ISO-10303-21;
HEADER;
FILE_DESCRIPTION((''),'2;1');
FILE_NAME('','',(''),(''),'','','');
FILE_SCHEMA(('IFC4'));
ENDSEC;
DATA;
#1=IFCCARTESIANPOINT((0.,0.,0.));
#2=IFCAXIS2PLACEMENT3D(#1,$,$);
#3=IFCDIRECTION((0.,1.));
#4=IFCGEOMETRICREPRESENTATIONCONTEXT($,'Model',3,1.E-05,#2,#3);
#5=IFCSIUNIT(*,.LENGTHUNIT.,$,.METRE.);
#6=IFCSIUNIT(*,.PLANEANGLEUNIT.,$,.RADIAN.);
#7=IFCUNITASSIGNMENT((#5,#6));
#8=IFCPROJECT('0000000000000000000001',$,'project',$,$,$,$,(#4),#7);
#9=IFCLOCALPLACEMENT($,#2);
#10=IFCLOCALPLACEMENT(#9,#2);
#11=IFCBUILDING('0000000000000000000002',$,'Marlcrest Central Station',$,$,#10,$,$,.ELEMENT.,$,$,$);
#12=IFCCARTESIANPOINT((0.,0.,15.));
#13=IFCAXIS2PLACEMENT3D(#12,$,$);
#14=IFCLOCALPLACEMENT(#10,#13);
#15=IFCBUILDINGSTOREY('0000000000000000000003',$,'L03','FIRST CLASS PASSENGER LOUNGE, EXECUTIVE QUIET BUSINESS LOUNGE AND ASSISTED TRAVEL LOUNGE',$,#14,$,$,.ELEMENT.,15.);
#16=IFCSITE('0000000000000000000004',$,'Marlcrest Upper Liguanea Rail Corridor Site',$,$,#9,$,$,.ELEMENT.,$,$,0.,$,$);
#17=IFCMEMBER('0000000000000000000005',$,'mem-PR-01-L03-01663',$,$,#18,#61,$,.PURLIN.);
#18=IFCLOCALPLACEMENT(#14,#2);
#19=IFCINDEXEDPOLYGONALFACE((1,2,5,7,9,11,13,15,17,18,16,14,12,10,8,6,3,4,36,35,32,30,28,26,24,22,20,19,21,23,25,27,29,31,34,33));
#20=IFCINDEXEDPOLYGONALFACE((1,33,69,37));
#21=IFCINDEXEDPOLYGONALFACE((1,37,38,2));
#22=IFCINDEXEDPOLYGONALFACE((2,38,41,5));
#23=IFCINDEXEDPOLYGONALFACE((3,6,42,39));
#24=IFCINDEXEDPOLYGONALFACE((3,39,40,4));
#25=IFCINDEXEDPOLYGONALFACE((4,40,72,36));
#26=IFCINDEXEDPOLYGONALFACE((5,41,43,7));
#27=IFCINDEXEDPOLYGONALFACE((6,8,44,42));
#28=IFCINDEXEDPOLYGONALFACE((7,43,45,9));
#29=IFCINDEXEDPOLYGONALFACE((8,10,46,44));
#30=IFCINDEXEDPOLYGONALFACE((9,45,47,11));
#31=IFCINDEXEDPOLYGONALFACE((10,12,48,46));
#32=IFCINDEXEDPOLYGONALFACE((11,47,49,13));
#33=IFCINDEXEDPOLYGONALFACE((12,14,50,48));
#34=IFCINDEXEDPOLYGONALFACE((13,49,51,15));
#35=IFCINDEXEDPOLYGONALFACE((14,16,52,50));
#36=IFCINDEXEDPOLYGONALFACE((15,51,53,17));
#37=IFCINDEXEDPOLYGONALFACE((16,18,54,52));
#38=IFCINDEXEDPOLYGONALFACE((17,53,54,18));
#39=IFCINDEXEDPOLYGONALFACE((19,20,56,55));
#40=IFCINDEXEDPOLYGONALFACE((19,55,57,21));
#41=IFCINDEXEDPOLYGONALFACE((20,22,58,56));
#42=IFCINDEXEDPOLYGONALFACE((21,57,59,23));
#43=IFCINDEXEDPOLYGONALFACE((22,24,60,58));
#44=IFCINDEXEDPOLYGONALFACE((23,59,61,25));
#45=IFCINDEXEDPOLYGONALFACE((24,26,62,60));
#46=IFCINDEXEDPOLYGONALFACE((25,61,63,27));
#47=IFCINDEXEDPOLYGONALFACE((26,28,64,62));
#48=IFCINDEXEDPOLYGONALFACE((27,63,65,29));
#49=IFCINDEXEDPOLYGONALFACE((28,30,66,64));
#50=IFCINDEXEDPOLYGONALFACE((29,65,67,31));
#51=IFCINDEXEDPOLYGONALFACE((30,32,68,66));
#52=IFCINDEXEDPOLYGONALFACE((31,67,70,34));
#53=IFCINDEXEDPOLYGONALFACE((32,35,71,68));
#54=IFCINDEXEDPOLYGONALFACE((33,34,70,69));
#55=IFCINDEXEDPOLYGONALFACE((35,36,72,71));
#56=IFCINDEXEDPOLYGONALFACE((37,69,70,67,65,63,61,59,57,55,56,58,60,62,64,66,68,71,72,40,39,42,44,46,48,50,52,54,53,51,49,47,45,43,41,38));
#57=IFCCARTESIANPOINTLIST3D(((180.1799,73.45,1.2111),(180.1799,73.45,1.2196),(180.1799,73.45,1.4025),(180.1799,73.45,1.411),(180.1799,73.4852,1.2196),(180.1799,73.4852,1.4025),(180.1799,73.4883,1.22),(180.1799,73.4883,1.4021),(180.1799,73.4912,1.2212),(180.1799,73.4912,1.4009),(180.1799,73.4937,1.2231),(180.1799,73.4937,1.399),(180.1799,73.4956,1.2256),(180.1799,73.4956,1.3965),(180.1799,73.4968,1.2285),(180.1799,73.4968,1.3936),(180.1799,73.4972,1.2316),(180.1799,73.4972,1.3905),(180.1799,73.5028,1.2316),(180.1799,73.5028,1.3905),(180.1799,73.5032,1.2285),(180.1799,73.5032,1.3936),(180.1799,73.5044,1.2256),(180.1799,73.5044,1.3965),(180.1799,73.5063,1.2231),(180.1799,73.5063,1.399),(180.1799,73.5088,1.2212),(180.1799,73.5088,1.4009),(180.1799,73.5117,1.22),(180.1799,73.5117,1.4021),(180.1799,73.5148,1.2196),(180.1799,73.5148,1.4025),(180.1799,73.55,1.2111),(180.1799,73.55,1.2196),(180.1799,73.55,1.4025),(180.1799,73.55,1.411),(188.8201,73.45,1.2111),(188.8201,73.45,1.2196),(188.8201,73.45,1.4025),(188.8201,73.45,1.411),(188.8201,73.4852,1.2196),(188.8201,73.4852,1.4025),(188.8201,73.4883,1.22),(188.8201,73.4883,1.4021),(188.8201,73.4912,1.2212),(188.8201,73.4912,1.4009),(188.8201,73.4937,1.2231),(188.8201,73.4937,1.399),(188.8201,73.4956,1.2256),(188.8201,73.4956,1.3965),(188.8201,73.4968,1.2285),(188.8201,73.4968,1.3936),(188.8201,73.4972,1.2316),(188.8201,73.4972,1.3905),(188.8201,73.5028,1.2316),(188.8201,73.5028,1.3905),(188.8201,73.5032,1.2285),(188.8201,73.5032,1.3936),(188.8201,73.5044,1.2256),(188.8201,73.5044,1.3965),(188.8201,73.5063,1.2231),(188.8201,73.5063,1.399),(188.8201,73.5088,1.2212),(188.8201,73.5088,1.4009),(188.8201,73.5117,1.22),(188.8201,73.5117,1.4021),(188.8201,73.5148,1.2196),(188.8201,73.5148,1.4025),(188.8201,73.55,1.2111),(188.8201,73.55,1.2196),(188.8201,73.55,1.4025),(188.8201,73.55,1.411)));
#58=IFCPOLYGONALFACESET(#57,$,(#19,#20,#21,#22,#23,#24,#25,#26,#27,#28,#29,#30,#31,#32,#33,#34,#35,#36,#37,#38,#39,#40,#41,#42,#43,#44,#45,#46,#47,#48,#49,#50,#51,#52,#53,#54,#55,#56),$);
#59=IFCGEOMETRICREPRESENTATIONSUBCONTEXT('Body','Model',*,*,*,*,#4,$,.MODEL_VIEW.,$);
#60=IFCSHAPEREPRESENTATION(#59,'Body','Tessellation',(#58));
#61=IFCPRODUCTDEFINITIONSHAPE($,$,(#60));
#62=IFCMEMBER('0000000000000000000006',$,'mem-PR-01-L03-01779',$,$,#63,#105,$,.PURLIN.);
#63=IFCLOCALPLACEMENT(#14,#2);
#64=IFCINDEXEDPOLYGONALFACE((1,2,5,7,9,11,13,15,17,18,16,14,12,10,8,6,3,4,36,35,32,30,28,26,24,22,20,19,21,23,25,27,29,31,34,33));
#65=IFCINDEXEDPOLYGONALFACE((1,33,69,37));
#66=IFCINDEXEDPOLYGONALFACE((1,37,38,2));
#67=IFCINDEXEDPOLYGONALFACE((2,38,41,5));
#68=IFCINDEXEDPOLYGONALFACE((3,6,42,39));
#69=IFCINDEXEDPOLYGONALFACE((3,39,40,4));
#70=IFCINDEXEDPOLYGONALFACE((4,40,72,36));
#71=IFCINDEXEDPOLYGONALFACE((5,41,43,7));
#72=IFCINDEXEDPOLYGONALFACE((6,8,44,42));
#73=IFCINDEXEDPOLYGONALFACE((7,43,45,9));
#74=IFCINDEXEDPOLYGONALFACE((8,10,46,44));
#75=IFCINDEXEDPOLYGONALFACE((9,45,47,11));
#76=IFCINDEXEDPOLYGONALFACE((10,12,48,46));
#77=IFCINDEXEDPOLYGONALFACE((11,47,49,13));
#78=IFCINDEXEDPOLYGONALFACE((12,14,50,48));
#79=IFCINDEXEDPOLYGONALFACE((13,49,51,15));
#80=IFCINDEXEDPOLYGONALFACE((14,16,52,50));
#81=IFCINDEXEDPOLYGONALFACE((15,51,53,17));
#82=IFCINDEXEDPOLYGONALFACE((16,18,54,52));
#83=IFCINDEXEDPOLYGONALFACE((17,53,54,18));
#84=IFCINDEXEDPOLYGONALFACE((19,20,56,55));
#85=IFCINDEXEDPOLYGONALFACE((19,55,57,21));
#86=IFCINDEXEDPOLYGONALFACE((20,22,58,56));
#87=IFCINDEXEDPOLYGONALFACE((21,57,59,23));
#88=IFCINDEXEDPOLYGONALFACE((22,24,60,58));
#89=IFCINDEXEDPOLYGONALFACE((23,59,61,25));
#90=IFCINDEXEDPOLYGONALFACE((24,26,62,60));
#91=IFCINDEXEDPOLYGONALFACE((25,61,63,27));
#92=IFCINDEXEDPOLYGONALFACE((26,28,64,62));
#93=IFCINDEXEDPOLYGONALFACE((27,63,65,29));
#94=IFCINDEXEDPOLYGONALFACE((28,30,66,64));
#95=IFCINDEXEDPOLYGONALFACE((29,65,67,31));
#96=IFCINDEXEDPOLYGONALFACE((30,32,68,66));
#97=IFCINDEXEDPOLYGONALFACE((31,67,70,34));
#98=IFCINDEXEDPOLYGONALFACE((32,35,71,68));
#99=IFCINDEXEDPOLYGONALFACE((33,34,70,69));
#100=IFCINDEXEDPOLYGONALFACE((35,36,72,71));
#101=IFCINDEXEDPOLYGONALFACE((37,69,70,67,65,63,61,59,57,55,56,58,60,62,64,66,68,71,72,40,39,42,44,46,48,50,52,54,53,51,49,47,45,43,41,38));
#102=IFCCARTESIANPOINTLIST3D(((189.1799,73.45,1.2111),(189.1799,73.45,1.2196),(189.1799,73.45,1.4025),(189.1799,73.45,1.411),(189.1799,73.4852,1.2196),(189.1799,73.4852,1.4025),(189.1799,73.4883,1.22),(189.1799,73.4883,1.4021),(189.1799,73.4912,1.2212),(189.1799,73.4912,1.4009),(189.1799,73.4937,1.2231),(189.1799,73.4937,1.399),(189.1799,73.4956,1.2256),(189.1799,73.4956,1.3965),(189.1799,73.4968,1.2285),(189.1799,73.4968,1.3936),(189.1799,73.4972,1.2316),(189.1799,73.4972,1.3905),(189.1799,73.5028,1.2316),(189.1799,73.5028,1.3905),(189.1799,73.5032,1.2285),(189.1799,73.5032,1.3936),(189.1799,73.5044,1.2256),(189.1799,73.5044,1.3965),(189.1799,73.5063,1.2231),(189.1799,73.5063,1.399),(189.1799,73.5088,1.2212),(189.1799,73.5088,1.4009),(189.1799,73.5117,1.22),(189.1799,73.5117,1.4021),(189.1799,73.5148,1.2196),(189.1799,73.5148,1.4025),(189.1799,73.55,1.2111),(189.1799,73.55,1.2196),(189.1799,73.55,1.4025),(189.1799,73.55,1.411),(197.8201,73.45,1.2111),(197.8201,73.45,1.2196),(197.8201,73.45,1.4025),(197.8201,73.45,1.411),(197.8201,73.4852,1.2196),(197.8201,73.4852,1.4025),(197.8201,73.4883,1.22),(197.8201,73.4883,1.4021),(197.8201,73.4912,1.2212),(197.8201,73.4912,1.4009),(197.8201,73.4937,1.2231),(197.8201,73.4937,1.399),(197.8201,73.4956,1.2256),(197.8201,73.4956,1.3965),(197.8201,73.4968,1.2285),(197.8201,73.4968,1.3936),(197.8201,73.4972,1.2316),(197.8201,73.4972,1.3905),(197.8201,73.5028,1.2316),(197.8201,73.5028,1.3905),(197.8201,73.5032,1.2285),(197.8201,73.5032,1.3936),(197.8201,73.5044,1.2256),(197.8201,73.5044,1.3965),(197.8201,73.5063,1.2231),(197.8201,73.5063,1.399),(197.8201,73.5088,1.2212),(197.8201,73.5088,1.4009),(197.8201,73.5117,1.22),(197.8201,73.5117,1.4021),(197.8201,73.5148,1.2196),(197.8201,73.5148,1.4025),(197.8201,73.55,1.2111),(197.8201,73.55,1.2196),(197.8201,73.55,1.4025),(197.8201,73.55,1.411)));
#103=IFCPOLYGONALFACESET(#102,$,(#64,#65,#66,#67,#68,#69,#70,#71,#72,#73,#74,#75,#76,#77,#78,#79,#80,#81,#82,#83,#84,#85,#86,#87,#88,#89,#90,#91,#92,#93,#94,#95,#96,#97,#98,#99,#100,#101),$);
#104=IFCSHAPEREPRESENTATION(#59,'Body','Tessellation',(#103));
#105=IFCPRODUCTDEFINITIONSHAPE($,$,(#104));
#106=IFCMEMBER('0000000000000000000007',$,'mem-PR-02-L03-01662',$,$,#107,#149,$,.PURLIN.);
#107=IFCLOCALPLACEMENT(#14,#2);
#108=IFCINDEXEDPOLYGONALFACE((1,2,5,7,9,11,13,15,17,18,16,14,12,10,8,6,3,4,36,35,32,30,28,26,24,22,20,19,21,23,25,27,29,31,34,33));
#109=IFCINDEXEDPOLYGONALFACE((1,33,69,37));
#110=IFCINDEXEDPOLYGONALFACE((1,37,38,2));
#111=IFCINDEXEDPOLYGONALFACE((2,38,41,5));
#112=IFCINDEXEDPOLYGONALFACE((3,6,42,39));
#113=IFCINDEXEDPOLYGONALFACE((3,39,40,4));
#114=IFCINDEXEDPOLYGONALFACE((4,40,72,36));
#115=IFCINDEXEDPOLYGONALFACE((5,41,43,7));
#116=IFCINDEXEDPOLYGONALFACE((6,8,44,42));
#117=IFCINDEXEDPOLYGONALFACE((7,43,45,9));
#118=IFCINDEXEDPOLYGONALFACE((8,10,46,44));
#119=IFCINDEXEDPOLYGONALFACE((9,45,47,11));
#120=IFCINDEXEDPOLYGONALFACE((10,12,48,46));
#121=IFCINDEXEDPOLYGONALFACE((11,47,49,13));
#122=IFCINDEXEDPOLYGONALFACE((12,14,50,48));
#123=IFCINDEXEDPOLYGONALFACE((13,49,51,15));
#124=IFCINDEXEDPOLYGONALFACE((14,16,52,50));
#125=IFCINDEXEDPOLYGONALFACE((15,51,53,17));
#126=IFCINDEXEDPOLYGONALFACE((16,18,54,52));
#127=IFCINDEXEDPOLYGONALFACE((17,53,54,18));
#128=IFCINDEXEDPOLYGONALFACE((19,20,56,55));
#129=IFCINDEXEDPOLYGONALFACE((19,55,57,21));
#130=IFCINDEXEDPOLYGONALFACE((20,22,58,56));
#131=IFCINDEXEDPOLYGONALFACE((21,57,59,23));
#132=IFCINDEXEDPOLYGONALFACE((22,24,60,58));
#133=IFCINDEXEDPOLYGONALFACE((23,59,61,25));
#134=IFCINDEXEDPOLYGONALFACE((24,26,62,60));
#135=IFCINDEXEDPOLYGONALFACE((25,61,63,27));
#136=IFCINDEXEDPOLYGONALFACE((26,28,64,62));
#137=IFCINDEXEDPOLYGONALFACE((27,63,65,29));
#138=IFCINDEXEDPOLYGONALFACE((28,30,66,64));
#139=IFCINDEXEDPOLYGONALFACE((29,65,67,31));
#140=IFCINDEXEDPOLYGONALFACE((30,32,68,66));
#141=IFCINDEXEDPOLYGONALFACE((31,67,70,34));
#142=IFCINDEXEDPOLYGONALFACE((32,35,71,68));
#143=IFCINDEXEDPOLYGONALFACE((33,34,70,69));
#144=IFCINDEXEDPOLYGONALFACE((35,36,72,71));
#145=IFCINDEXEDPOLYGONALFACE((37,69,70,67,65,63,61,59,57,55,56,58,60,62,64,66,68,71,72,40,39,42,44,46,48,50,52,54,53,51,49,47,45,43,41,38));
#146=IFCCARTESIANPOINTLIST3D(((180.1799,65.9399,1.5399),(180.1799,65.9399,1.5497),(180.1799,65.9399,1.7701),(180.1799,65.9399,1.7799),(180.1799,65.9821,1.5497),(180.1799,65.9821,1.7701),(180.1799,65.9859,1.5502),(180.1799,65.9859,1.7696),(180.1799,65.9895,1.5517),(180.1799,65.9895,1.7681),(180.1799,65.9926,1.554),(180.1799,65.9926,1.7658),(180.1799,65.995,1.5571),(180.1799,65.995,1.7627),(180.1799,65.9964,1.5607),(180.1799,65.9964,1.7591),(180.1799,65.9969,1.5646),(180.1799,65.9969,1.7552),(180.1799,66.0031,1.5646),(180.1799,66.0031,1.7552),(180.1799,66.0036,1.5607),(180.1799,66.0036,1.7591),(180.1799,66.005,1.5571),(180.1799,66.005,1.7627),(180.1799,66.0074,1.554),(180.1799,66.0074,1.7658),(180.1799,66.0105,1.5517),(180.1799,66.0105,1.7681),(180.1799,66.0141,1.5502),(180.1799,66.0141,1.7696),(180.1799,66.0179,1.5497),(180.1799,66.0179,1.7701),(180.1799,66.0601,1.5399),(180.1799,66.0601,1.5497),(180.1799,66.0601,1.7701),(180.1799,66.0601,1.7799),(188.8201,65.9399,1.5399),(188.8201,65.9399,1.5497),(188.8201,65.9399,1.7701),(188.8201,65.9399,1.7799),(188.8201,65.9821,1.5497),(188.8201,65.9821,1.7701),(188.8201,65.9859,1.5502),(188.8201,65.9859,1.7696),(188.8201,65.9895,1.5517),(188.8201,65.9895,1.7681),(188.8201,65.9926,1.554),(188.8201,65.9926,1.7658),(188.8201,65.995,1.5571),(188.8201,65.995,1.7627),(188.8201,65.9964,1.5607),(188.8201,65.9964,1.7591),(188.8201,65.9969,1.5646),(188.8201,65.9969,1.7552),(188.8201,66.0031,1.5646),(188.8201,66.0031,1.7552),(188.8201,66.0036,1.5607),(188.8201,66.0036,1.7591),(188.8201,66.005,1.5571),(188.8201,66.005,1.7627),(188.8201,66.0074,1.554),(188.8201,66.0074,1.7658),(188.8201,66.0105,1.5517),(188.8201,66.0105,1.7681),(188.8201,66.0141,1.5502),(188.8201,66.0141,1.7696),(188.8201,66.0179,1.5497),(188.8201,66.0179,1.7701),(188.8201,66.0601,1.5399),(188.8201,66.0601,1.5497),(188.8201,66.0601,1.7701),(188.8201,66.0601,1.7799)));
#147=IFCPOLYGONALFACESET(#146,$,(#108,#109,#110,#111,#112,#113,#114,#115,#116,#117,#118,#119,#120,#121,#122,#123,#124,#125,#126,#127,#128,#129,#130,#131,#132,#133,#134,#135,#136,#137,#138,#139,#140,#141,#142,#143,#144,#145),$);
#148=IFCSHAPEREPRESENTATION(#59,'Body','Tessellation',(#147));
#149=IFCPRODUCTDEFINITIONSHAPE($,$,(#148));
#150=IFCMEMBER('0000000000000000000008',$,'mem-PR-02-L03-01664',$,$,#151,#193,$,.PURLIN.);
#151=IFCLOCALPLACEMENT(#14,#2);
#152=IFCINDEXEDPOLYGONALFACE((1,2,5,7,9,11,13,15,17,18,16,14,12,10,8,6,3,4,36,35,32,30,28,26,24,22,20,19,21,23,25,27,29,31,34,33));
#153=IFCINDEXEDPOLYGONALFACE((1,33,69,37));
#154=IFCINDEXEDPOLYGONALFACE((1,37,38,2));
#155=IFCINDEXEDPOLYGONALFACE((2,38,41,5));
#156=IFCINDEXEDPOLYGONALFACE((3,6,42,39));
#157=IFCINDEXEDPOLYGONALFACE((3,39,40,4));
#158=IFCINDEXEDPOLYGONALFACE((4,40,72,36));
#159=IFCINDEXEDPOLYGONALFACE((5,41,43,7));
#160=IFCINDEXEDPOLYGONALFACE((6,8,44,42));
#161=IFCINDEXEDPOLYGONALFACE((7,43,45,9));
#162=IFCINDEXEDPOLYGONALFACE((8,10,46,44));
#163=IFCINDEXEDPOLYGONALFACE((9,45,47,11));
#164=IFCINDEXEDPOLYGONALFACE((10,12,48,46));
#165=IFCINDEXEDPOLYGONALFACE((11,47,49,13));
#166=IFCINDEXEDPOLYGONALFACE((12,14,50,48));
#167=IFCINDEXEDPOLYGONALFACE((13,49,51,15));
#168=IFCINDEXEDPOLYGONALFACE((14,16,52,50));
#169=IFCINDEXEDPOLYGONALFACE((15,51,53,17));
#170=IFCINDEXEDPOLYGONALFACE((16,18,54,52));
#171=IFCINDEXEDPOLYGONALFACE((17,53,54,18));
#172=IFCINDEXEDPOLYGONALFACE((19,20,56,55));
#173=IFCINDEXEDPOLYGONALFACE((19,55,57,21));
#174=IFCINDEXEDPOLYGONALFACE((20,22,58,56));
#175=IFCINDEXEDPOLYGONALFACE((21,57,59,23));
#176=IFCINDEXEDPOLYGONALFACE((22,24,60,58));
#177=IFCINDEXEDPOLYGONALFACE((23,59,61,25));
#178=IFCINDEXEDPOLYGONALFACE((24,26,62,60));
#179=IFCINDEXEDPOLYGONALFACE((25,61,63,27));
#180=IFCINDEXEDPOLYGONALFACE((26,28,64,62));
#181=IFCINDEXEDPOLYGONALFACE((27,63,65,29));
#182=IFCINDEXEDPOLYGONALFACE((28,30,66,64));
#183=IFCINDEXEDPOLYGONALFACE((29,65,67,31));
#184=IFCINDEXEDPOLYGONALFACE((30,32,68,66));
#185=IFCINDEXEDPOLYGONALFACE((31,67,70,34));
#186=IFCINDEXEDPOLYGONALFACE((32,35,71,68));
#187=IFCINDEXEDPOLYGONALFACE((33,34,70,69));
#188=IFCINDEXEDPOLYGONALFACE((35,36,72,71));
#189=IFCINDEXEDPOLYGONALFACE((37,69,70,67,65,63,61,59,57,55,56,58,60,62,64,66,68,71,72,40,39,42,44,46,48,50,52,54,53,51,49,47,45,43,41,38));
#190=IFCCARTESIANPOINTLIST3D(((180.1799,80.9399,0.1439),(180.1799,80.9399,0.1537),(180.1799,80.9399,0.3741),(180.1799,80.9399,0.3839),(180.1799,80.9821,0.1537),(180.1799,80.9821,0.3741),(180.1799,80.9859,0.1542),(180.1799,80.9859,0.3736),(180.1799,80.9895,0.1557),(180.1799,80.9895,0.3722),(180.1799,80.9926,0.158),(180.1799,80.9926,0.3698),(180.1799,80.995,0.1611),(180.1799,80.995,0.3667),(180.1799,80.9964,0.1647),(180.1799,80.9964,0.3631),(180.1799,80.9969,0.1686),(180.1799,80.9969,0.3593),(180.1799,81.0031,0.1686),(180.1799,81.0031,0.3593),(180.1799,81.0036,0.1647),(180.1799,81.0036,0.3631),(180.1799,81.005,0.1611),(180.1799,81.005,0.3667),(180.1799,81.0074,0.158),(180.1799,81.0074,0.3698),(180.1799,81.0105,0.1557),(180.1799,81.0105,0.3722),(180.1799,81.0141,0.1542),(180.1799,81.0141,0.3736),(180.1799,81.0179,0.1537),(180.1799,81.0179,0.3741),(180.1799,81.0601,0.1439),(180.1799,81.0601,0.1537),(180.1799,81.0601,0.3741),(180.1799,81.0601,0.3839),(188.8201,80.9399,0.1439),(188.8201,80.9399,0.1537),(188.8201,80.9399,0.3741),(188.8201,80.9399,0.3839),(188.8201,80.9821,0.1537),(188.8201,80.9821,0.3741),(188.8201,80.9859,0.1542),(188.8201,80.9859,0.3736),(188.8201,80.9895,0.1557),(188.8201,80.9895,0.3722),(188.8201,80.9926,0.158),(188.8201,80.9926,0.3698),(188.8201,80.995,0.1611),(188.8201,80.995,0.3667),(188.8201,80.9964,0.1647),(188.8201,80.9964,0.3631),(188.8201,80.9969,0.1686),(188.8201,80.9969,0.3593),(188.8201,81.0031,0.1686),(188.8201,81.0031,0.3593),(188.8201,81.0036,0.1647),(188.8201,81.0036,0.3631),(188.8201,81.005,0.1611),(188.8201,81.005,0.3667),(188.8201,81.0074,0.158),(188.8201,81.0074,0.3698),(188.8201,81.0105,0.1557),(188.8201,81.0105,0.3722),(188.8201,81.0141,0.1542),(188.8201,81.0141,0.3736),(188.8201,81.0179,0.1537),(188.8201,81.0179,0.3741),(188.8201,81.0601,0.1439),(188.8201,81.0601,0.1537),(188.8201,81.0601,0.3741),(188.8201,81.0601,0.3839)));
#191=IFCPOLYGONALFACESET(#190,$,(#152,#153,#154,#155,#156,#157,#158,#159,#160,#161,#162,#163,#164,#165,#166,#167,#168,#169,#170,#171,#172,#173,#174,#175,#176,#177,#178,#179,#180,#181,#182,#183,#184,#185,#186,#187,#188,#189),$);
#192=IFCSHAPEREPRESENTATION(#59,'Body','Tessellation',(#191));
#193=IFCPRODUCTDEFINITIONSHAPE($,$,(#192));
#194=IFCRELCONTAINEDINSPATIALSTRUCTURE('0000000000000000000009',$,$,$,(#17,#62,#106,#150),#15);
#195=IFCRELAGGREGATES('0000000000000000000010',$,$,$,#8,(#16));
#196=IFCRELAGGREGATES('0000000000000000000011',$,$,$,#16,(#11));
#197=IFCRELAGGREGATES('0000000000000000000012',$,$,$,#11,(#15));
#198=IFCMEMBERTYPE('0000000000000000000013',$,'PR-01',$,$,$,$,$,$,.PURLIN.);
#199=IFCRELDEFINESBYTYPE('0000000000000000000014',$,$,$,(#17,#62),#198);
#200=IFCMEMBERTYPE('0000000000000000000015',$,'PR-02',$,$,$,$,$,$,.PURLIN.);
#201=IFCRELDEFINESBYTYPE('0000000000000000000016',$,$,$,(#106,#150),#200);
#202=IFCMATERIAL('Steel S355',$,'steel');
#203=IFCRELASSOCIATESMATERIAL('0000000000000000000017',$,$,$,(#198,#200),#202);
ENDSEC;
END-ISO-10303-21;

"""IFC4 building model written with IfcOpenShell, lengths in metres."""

from ifc_helpers import new_model, si_unit, direction, frame, origin, origin_2d, place, context, subcontext, project, spatial, i_section, extrude, material, material_profile, profile_set, type_object, element, save


model = new_model("IFC4")

# Units and contexts
model_context = context("Model", 3, precision=1e-05, world=origin(), true_north=direction((0.0, 1.0)))
body_context = subcontext(model_context, "Body", "Model", "MODEL_VIEW")
ifc_project = project(units=[si_unit("LENGTHUNIT", "METRE"), si_unit("PLANEANGLEUNIT", "RADIAN")], contexts=[model_context])

# Site, building, storey
site_placement = place(None, origin())
site = spatial("IfcSite", under=ifc_project, at=site_placement, Name="Marlcrest Upper Liguanea Rail Corridor Site", CompositionType="ELEMENT", RefElevation=0.0)
building_placement = place(site_placement, origin())
building = spatial("IfcBuilding", under=site, at=building_placement, Name="Marlcrest Central Station", CompositionType="ELEMENT")
storey_placement = place(building_placement, frame((0.0, 0.0, 15.0)))
storey = spatial("IfcBuildingStorey", under=building, at=storey_placement, Name="L03", Description="FIRST CLASS PASSENGER LOUNGE, EXECUTIVE QUIET BUSINESS LOUNGE AND ASSISTED TRAVEL LOUNGE", CompositionType="ELEMENT", Elevation=15.0)

# Members
ifc_material_1 = material(Name="Steel S355", Category="steel")
ifc_material_profile_1 = material_profile(ifc_material_1, i_section(OverallWidth=0.1001, OverallDepth=0.2, WebThickness=0.0056, FlangeThickness=0.0085, FilletRadius=0.012, at=origin_2d()), Name="IPE 200")
ifc_profile_set_1 = profile_set([ifc_material_profile_1], Name="Steel S355")
member_type_1 = type_object("IfcMemberType", Name="PR-01", PredefinedType="PURLIN", material=ifc_profile_set_1)
for number, where, z_axis, x_axis, name in (
    (1, (180.1799, 73.5, 1.311), (1.0, 0.0, 0.0), (0.0, 1.0, 0.0), "mem-PR-01-L03-01663"),
    (2, (189.1799, 73.5, 1.311), (1.0, 0.0, 0.0), (0.0, 1.0, 0.0), "mem-PR-01-L03-01779"),
):
    element("IfcMember", number, at=place(storey_placement, frame(where, z_axis=z_axis, x_axis=x_axis)), inside=storey, type_object=member_type_1, Name=name, PredefinedType="PURLIN", context=body_context, shape_type="SweptSolid", body=[
        extrude(i_section(OverallWidth=0.1001, OverallDepth=0.2, WebThickness=0.0056, FlangeThickness=0.0085, FilletRadius=0.012, at=origin_2d()), origin(), (0.0, 0.0, 1.0), 8.6401),
    ])
ifc_material_profile_2 = material_profile(ifc_material_1, i_section(OverallWidth=0.1201, OverallDepth=0.24, WebThickness=0.0061, FlangeThickness=0.0098, FilletRadius=0.0149, at=origin_2d()), Name="IPE 240")
ifc_profile_set_2 = profile_set([ifc_material_profile_2], Name="Steel S355")
member_type_2 = type_object("IfcMemberType", Name="PR-02", PredefinedType="PURLIN", material=ifc_profile_set_2)
for number, where, z_axis, x_axis, name in (
    (3, (180.1799, 66.0, 1.6599), (1.0, 0.0, 0.0), (0.0, 1.0, 0.0), "mem-PR-02-L03-01662"),
    (4, (180.1799, 81.0, 0.2639), (1.0, 0.0, 0.0), (0.0, 1.0, 0.0), "mem-PR-02-L03-01664"),
):
    element("IfcMember", number, at=place(storey_placement, frame(where, z_axis=z_axis, x_axis=x_axis)), inside=storey, type_object=member_type_2, Name=name, PredefinedType="PURLIN", context=body_context, shape_type="SweptSolid", body=[
        extrude(i_section(OverallWidth=0.1201, OverallDepth=0.24, WebThickness=0.0061, FlangeThickness=0.0098, FilletRadius=0.0149, at=origin_2d()), origin(), (0.0, 0.0, 1.0), 8.6401),
    ])

save(model, "model.ifc")
